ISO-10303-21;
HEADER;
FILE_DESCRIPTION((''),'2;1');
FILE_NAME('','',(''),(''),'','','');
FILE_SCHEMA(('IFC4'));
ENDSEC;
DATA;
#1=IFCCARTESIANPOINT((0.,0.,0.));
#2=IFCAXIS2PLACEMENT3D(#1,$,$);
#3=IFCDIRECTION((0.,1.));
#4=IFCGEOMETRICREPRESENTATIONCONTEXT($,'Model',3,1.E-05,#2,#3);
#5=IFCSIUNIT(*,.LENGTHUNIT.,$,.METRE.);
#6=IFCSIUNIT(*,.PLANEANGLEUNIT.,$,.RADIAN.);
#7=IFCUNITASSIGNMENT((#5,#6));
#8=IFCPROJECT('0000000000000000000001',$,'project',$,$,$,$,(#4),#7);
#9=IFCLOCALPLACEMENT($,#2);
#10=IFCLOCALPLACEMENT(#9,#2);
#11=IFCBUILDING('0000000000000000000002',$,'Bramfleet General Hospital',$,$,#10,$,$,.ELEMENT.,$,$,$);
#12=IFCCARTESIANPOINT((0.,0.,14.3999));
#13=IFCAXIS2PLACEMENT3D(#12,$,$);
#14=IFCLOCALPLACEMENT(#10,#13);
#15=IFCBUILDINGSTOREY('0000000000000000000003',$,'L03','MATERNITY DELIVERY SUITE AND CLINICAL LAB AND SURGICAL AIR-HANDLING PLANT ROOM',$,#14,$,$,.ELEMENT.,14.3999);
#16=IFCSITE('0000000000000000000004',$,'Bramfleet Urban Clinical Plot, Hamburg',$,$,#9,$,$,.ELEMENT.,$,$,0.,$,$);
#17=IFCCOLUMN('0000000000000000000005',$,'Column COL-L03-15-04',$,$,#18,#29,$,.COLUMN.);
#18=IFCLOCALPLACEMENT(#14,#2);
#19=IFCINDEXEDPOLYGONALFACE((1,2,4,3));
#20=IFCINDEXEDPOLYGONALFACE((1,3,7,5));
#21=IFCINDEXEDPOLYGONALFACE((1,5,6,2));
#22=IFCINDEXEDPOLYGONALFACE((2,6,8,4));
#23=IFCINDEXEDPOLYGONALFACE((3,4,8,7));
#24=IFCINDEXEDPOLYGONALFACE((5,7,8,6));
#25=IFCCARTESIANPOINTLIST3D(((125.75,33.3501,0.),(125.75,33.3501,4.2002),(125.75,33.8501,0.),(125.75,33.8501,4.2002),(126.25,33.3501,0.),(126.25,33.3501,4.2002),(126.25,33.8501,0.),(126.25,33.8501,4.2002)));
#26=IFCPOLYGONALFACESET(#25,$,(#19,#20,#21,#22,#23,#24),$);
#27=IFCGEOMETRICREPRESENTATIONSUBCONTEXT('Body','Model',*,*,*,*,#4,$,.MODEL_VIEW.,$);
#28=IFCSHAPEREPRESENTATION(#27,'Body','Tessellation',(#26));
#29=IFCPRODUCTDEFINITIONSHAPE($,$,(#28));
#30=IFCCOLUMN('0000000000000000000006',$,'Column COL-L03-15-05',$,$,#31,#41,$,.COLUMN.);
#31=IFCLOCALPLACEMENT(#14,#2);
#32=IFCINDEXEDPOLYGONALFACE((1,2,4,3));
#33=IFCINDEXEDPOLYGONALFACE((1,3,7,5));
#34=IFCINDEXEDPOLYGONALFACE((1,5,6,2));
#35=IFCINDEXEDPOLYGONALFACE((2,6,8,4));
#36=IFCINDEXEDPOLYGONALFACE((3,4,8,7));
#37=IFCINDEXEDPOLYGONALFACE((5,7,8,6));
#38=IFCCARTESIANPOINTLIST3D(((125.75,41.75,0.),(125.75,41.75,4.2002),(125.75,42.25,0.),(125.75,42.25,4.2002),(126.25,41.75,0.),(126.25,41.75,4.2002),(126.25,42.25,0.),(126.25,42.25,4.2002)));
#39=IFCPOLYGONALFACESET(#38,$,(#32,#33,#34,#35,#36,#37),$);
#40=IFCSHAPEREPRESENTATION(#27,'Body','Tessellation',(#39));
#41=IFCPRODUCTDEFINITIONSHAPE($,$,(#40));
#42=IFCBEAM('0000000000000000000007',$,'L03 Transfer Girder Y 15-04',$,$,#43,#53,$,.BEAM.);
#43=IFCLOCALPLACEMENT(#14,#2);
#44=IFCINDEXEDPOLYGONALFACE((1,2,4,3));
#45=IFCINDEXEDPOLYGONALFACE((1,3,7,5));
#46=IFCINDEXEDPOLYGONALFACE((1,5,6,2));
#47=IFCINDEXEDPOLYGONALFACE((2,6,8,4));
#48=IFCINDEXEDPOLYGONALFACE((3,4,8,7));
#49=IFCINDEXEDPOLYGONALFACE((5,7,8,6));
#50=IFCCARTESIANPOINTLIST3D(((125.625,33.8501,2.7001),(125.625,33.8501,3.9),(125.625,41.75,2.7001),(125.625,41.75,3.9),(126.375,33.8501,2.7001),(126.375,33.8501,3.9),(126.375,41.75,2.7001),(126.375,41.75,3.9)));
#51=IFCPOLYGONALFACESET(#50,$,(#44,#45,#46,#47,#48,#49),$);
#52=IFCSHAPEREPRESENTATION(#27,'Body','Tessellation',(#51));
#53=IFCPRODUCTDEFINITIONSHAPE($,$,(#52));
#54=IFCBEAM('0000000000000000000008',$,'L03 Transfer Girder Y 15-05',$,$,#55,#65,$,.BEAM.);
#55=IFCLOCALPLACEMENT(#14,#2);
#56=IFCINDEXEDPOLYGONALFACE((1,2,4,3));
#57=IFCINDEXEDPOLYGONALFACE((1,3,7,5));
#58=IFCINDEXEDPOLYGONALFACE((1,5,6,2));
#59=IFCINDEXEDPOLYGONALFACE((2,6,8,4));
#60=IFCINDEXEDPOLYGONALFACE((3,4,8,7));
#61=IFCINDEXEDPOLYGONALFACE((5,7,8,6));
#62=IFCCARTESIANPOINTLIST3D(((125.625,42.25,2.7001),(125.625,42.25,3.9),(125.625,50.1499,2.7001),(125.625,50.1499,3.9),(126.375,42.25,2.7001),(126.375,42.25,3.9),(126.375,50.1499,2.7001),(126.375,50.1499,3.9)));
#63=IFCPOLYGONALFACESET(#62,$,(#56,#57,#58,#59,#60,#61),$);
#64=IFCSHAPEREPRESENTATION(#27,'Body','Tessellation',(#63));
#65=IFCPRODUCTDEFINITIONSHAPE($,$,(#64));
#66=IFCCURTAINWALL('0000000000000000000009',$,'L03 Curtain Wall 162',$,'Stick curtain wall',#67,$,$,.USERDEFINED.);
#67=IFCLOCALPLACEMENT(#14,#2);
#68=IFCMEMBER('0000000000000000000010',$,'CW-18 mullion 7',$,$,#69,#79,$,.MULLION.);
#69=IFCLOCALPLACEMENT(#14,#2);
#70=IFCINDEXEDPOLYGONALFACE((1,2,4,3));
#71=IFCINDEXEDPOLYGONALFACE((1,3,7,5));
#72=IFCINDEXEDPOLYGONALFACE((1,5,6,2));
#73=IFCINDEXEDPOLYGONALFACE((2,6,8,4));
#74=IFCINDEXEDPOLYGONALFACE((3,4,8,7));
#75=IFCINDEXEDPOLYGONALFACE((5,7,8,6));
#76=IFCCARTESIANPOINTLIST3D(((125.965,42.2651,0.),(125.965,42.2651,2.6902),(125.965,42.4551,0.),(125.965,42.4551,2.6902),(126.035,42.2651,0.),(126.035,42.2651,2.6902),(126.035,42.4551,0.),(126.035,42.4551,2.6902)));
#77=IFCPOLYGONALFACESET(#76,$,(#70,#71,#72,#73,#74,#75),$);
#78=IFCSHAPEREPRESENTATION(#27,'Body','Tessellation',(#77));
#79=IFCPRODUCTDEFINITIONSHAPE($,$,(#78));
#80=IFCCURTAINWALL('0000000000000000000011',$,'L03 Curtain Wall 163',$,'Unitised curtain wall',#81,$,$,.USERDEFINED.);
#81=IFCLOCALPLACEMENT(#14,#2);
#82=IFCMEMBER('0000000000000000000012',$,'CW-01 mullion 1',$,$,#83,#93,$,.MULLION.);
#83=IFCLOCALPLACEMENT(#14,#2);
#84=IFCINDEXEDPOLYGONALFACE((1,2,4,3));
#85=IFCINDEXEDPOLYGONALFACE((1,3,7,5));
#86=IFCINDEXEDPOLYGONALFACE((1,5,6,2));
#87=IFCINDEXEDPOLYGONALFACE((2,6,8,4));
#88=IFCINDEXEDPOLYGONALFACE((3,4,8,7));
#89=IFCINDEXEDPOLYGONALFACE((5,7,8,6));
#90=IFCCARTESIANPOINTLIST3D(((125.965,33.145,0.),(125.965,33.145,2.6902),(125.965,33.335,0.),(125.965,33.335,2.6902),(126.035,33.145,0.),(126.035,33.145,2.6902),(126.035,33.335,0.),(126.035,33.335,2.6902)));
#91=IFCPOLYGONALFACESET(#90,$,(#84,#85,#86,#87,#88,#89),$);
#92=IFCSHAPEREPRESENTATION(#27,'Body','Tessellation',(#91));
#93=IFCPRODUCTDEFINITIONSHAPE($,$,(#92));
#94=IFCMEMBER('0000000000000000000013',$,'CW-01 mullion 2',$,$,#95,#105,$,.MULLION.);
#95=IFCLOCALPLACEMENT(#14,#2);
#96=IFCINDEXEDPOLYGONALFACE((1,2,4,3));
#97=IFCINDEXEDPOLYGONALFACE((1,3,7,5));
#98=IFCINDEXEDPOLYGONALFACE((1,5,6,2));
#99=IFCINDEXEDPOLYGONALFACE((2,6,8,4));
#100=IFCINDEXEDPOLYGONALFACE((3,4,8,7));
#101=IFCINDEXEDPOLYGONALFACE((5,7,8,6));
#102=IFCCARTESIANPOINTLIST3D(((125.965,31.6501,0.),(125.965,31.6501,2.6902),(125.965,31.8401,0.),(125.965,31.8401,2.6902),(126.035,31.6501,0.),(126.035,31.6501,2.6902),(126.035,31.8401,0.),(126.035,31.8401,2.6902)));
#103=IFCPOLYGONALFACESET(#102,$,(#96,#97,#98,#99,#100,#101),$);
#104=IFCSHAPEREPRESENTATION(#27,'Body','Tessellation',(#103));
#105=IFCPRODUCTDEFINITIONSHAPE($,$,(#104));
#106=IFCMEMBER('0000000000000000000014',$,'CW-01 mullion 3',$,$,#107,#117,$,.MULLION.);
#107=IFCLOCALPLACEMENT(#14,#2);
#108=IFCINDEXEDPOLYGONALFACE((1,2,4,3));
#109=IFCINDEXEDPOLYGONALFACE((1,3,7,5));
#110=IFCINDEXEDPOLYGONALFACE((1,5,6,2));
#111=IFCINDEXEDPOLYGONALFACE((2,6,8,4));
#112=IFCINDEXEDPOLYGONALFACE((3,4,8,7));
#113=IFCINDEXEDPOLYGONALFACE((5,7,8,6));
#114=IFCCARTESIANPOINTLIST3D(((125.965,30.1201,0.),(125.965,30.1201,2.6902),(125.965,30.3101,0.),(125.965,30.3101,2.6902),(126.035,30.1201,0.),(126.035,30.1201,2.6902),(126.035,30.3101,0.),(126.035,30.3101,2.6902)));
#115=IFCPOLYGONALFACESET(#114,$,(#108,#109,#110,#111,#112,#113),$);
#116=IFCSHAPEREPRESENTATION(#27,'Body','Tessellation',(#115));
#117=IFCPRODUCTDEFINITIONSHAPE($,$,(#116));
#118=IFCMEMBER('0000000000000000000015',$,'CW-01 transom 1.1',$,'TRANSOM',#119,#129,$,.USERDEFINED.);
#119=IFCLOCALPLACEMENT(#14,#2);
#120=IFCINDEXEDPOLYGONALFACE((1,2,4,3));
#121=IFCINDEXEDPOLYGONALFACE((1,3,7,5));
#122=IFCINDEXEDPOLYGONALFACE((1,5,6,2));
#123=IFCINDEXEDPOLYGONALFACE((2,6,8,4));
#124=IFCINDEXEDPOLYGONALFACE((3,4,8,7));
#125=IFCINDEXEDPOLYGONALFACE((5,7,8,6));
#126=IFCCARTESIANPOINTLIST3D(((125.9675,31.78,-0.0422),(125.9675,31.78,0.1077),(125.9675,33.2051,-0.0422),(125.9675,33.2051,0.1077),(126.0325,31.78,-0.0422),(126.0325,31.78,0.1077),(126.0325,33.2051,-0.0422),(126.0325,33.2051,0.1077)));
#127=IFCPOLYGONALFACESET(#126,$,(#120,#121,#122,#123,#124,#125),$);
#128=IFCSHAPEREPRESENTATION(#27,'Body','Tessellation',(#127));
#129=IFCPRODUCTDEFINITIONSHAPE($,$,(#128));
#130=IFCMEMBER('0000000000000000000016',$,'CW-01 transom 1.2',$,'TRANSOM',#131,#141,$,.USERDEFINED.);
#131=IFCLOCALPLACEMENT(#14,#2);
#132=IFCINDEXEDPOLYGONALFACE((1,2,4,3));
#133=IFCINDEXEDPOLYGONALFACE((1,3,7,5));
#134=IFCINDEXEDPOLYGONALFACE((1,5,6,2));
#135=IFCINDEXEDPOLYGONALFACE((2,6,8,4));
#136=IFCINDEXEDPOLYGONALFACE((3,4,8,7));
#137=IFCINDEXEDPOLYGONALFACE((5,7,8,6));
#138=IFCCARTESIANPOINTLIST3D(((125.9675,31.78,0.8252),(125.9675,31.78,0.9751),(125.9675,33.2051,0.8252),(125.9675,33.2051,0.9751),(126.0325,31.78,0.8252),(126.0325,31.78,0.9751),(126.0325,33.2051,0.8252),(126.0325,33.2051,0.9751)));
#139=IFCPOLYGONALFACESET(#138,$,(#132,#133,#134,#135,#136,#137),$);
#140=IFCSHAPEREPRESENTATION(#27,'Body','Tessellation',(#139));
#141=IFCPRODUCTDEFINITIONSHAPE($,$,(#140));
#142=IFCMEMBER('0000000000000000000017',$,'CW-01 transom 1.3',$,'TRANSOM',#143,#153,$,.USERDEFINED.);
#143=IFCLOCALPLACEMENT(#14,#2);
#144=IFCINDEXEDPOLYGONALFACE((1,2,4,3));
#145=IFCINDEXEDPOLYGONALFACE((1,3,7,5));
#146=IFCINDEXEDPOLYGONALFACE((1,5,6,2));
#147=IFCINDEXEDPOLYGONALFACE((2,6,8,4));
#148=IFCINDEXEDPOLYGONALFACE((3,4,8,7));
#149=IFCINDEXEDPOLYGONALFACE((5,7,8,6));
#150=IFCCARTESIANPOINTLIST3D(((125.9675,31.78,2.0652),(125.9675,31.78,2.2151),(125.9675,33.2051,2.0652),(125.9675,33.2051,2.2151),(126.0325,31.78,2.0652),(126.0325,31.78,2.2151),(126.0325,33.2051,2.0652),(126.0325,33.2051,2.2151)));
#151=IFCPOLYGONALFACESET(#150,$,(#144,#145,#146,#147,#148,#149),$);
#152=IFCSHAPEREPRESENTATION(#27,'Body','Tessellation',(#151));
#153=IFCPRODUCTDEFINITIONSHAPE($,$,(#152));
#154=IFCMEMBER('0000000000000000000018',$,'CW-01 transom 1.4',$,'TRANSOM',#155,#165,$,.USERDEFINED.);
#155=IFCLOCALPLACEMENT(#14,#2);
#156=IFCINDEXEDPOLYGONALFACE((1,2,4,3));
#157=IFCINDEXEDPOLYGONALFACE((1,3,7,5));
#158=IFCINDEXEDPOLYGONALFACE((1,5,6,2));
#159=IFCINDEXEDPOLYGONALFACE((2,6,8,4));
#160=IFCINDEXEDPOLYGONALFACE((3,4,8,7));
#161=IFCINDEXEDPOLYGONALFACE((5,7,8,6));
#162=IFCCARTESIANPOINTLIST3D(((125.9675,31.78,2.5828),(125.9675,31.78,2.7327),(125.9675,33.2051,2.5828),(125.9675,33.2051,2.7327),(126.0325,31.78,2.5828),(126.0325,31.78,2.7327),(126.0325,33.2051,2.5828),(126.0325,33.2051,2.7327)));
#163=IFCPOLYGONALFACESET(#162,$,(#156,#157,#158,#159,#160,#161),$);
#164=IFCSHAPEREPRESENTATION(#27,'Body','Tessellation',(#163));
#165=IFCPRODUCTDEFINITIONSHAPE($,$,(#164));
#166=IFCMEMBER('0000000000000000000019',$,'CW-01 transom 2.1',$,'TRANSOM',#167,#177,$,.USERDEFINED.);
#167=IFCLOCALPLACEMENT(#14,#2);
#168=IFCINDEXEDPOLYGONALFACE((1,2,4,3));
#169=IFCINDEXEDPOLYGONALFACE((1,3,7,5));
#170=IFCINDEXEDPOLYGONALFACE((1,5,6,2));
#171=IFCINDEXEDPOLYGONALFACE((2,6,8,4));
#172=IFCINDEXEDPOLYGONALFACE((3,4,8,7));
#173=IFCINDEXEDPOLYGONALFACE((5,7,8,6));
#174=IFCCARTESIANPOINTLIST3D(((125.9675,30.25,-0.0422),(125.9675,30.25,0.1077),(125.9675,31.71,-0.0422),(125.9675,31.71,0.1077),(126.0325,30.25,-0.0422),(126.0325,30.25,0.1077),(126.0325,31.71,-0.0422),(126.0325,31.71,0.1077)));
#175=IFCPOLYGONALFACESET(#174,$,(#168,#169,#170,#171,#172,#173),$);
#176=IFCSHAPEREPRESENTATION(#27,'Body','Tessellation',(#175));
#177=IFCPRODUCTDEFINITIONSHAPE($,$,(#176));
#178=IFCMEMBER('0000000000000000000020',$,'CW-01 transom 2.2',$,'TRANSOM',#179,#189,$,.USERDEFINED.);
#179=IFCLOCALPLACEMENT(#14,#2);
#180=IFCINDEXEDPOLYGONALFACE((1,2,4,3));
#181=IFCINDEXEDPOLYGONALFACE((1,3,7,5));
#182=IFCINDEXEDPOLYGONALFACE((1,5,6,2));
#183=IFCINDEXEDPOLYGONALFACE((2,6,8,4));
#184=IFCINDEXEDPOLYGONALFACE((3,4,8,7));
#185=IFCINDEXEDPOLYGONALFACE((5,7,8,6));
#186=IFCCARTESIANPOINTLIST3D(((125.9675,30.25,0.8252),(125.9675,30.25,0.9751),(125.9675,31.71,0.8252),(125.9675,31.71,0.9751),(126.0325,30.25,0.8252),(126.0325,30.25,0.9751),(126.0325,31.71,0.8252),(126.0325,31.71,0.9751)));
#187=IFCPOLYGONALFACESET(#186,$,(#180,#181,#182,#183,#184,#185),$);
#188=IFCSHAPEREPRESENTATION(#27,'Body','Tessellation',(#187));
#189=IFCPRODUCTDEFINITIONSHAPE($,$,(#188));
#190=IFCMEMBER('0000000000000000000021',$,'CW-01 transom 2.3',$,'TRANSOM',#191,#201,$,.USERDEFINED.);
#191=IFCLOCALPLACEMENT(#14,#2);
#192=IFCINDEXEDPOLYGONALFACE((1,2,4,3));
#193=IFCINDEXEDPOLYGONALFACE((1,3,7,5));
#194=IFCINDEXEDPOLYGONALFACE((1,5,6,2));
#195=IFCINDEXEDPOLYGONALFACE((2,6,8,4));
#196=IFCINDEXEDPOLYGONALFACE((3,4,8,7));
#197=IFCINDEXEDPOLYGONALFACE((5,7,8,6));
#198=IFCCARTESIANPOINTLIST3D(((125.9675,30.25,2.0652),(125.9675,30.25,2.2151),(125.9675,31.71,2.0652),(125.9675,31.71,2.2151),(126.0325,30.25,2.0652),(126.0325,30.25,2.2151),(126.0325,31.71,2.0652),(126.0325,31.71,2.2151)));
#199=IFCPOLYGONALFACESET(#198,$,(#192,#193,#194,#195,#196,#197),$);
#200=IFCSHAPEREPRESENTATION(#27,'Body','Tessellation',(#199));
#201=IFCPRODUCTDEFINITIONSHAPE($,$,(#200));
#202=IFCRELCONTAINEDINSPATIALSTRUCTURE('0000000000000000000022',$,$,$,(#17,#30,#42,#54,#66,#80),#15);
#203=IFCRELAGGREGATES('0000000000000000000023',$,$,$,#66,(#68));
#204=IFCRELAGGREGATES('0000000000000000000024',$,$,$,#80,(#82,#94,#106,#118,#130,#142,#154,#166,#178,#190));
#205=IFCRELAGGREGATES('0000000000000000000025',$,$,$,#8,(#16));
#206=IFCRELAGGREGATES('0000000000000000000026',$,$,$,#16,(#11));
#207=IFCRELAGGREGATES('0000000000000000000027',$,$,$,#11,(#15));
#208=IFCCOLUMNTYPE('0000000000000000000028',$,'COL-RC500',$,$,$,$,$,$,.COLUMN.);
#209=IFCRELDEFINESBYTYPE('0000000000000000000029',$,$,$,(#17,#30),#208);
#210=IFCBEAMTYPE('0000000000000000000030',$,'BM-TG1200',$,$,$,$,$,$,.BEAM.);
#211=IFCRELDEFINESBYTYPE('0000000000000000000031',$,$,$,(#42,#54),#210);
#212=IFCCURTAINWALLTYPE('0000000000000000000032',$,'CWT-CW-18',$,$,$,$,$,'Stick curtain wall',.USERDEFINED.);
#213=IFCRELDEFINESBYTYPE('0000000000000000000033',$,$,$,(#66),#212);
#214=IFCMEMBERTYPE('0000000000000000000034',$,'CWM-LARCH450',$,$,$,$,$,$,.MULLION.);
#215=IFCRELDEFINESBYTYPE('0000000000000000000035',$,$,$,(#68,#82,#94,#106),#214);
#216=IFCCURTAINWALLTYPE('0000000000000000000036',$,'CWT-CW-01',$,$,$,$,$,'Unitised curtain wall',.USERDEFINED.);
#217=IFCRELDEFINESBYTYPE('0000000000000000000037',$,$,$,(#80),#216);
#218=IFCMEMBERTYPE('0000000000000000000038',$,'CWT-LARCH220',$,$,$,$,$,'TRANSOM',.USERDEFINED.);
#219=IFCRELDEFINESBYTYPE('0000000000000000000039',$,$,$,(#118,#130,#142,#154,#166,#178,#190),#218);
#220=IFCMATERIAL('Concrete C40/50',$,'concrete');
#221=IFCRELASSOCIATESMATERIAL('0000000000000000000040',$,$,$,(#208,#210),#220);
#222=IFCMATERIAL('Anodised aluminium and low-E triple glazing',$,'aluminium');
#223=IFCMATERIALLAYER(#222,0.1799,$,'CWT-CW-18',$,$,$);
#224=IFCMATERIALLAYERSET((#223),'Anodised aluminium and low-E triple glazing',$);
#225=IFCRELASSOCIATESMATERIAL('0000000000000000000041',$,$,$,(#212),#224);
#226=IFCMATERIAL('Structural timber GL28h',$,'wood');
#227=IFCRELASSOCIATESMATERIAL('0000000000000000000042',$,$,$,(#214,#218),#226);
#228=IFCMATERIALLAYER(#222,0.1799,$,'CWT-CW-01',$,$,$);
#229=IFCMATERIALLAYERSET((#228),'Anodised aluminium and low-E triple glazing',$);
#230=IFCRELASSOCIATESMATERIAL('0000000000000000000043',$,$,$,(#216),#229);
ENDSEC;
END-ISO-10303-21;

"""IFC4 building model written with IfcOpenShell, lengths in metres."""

from ifc_helpers import new_model, si_unit, direction, frame, origin, origin_2d, place, context, subcontext, project, spatial, rectangle, extrude, material, layer, layer_set, material_profile, profile_set, type_object, element, aggregate, save


model = new_model("IFC4")

# Units and contexts
model_context = context("Model", 3, precision=1e-05, world=origin(), true_north=direction((0.0, 1.0)))
body_context = subcontext(model_context, "Body", "Model", "MODEL_VIEW")
ifc_project = project(units=[si_unit("LENGTHUNIT", "METRE"), si_unit("PLANEANGLEUNIT", "RADIAN")], contexts=[model_context])

# Site, building, storey
site_placement = place(None, origin())
site = spatial("IfcSite", under=ifc_project, at=site_placement, Name="Bramfleet Urban Clinical Plot, Hamburg", CompositionType="ELEMENT", RefElevation=0.0)
building_placement = place(site_placement, origin())
building = spatial("IfcBuilding", under=site, at=building_placement, Name="Bramfleet General Hospital", CompositionType="ELEMENT")
storey_placement = place(building_placement, frame((0.0, 0.0, 14.3999)))
storey = spatial("IfcBuildingStorey", under=building, at=storey_placement, Name="L03", Description="MATERNITY DELIVERY SUITE AND CLINICAL LAB AND SURGICAL AIR-HANDLING PLANT ROOM", CompositionType="ELEMENT", Elevation=14.3999)

# Columns
ifc_material_1 = material(Name="Concrete C40/50", Category="concrete")
ifc_material_profile_1 = material_profile(ifc_material_1, rectangle(XDim=0.5, YDim=0.5, at=origin_2d()), Name="RC COL 500x500")
ifc_profile_set_1 = profile_set([ifc_material_profile_1], Name="Concrete C40/50")
column_type = type_object("IfcColumnType", Name="COL-RC500", PredefinedType="COLUMN", material=ifc_profile_set_1)
for number, where, z_axis, x_axis, name in (
    (1, (126.0, 33.6001, 0.0), (0.0, 0.0, 1.0), (1.0, 0.0, 0.0), "Column COL-L03-15-04"),
    (2, (126.0, 42.0, 0.0), (0.0, 0.0, 1.0), (1.0, 0.0, 0.0), "Column COL-L03-15-05"),
):
    element("IfcColumn", number, at=place(storey_placement, frame(where, z_axis=z_axis, x_axis=x_axis)), inside=storey, type_object=column_type, Name=name, PredefinedType="COLUMN", context=body_context, shape_type="SweptSolid", body=[
        extrude(rectangle(XDim=0.5, YDim=0.5, at=origin_2d()), origin(), (0.0, 0.0, 1.0), 4.2002),
    ])

# Beams
ifc_material_profile_2 = material_profile(ifc_material_1, rectangle(XDim=0.75, YDim=1.2, at=origin_2d()), Name="RC TG 1200x750")
ifc_profile_set_2 = profile_set([ifc_material_profile_2], Name="Concrete C40/50")
beam_type = type_object("IfcBeamType", Name="BM-TG1200", PredefinedType="BEAM", material=ifc_profile_set_2)
for number, where, z_axis, x_axis, name in (
    (3, (126.0, 33.8501, 3.3), (0.0, 1.0, 0.0), (-1.0, 0.0, 0.0), "L03 Transfer Girder Y 15-04"),
    (4, (126.0, 42.25, 3.3), (0.0, 1.0, 0.0), (-1.0, 0.0, 0.0), "L03 Transfer Girder Y 15-05"),
):
    element("IfcBeam", number, at=place(storey_placement, frame(where, z_axis=z_axis, x_axis=x_axis)), inside=storey, type_object=beam_type, Name=name, PredefinedType="BEAM", context=body_context, shape_type="SweptSolid", body=[
        extrude(rectangle(XDim=0.75, YDim=1.2, at=origin_2d()), origin(), (0.0, 0.0, 1.0), 7.8999),
    ])

# Curtain wall, member
ifc_material_2 = material(Name="Anodised aluminium and low-E triple glazing", Category="aluminium")
ifc_layer_1 = layer(ifc_material_2, 0.1799, Name="CWT-CW-18")
ifc_layer_set_1 = layer_set([ifc_layer_1], Name="Anodised aluminium and low-E triple glazing")
curtain_wall_type_1 = type_object("IfcCurtainWallType", Name="CWT-CW-18", ElementType="Stick curtain wall", PredefinedType="USERDEFINED", material=ifc_layer_set_1)
curtain_wall_1_placement = place(storey_placement, origin())
curtain_wall_1 = element("IfcCurtainWall", 5, at=curtain_wall_1_placement, inside=storey, type_object=curtain_wall_type_1, Name="L03 Curtain Wall 162", ObjectType="Stick curtain wall", PredefinedType="USERDEFINED")
ifc_material_3 = material(Name="Structural timber GL28h", Category="wood")
ifc_material_profile_3 = material_profile(ifc_material_3, rectangle(XDim=0.0701, YDim=0.1899, at=origin_2d()), Name="LARCH 190x70")
ifc_profile_set_3 = profile_set([ifc_material_profile_3], Name="Structural timber GL28h")
member_type_1 = type_object("IfcMemberType", Name="CWM-LARCH450", PredefinedType="MULLION", material=ifc_profile_set_3)
member_1_placement = place(storey_placement, frame((126.0, 42.3601, 0.0), z_axis=(0.0, 0.0, 1.0), x_axis=(1.0, 0.0, 0.0)))
member_1 = element("IfcMember", 6, at=member_1_placement, type_object=member_type_1, Name="CW-18 mullion 7", PredefinedType="MULLION", context=body_context, shape_type="SweptSolid", body=[
    extrude(rectangle(XDim=0.0701, YDim=0.1899, at=origin_2d()), origin(), (0.0, 0.0, 1.0), 2.6902),
])

# Curtain wall, members
ifc_layer_2 = layer(ifc_material_2, 0.1799, Name="CWT-CW-01")
ifc_layer_set_2 = layer_set([ifc_layer_2], Name="Anodised aluminium and low-E triple glazing")
curtain_wall_type_2 = type_object("IfcCurtainWallType", Name="CWT-CW-01", ElementType="Unitised curtain wall", PredefinedType="USERDEFINED", material=ifc_layer_set_2)
curtain_wall_2_placement = place(storey_placement, origin())
curtain_wall_2 = element("IfcCurtainWall", 7, at=curtain_wall_2_placement, inside=storey, type_object=curtain_wall_type_2, Name="L03 Curtain Wall 163", ObjectType="Unitised curtain wall", PredefinedType="USERDEFINED")
member_2_placement = place(storey_placement, frame((126.0, 33.24, 0.0), z_axis=(0.0, 0.0, 1.0), x_axis=(1.0, 0.0, 0.0)))
member_2 = element("IfcMember", 8, at=member_2_placement, type_object=member_type_1, Name="CW-01 mullion 1", PredefinedType="MULLION", context=body_context, shape_type="SweptSolid", body=[
    extrude(rectangle(XDim=0.0701, YDim=0.1899, at=origin_2d()), origin(), (0.0, 0.0, 1.0), 2.6902),
])
member_3_placement = place(storey_placement, frame((126.0, 31.7451, 0.0), z_axis=(0.0, 0.0, 1.0), x_axis=(1.0, 0.0, 0.0)))
member_3 = element("IfcMember", 9, at=member_3_placement, type_object=member_type_1, Name="CW-01 mullion 2", PredefinedType="MULLION", context=body_context, shape_type="SweptSolid", body=[
    extrude(rectangle(XDim=0.0701, YDim=0.1899, at=origin_2d()), origin(), (0.0, 0.0, 1.0), 2.6902),
])
member_4_placement = place(storey_placement, frame((126.0, 30.2151, 0.0), z_axis=(0.0, 0.0, 1.0), x_axis=(1.0, 0.0, 0.0)))
member_4 = element("IfcMember", 10, at=member_4_placement, type_object=member_type_1, Name="CW-01 mullion 3", PredefinedType="MULLION", context=body_context, shape_type="SweptSolid", body=[
    extrude(rectangle(XDim=0.0701, YDim=0.1899, at=origin_2d()), origin(), (0.0, 0.0, 1.0), 2.6902),
])
ifc_material_profile_4 = material_profile(ifc_material_3, rectangle(XDim=0.0649, YDim=0.1499, at=origin_2d()), Name="LARCH 150x65")
ifc_profile_set_4 = profile_set([ifc_material_profile_4], Name="Structural timber GL28h")
member_type_2 = type_object("IfcMemberType", Name="CWT-LARCH220", ElementType="TRANSOM", PredefinedType="USERDEFINED", material=ifc_profile_set_4)
member_5_placement = place(storey_placement, frame((126.0, 33.2051, 0.0327), z_axis=(0.0, -1.0, 0.0), x_axis=(1.0, 0.0, 0.0)))
member_5 = element("IfcMember", 11, at=member_5_placement, type_object=member_type_2, Name="CW-01 transom 1.1", ObjectType="TRANSOM", PredefinedType="USERDEFINED", context=body_context, shape_type="SweptSolid", body=[
    extrude(rectangle(XDim=0.0649, YDim=0.1499, at=origin_2d()), origin(), (0.0, 0.0, 1.0), 1.425),
])
member_6_placement = place(storey_placement, frame((126.0, 33.2051, 0.9001), z_axis=(0.0, -1.0, 0.0), x_axis=(1.0, 0.0, 0.0)))
member_6 = element("IfcMember", 12, at=member_6_placement, type_object=member_type_2, Name="CW-01 transom 1.2", ObjectType="TRANSOM", PredefinedType="USERDEFINED", context=body_context, shape_type="SweptSolid", body=[
    extrude(rectangle(XDim=0.0649, YDim=0.1499, at=origin_2d()), origin(), (0.0, 0.0, 1.0), 1.425),
])
member_7_placement = place(storey_placement, frame((126.0, 33.2051, 2.1401), z_axis=(0.0, -1.0, 0.0), x_axis=(1.0, 0.0, 0.0)))
member_7 = element("IfcMember", 13, at=member_7_placement, type_object=member_type_2, Name="CW-01 transom 1.3", ObjectType="TRANSOM", PredefinedType="USERDEFINED", context=body_context, shape_type="SweptSolid", body=[
    extrude(rectangle(XDim=0.0649, YDim=0.1499, at=origin_2d()), origin(), (0.0, 0.0, 1.0), 1.425),
])
member_8_placement = place(storey_placement, frame((126.0, 33.2051, 2.6577), z_axis=(0.0, -1.0, 0.0), x_axis=(1.0, 0.0, 0.0)))
member_8 = element("IfcMember", 14, at=member_8_placement, type_object=member_type_2, Name="CW-01 transom 1.4", ObjectType="TRANSOM", PredefinedType="USERDEFINED", context=body_context, shape_type="SweptSolid", body=[
    extrude(rectangle(XDim=0.0649, YDim=0.1499, at=origin_2d()), origin(), (0.0, 0.0, 1.0), 1.425),
])
member_9_placement = place(storey_placement, frame((126.0, 31.71, 0.0327), z_axis=(0.0, -1.0, 0.0), x_axis=(1.0, 0.0, 0.0)))
member_9 = element("IfcMember", 15, at=member_9_placement, type_object=member_type_2, Name="CW-01 transom 2.1", ObjectType="TRANSOM", PredefinedType="USERDEFINED", context=body_context, shape_type="SweptSolid", body=[
    extrude(rectangle(XDim=0.0649, YDim=0.1499, at=origin_2d()), origin(), (0.0, 0.0, 1.0), 1.46),
])
member_10_placement = place(storey_placement, frame((126.0, 31.71, 0.9001), z_axis=(0.0, -1.0, 0.0), x_axis=(1.0, 0.0, 0.0)))
member_10 = element("IfcMember", 16, at=member_10_placement, type_object=member_type_2, Name="CW-01 transom 2.2", ObjectType="TRANSOM", PredefinedType="USERDEFINED", context=body_context, shape_type="SweptSolid", body=[
    extrude(rectangle(XDim=0.0649, YDim=0.1499, at=origin_2d()), origin(), (0.0, 0.0, 1.0), 1.46),
])
member_11_placement = place(storey_placement, frame((126.0, 31.71, 2.1401), z_axis=(0.0, -1.0, 0.0), x_axis=(1.0, 0.0, 0.0)))
member_11 = element("IfcMember", 17, at=member_11_placement, type_object=member_type_2, Name="CW-01 transom 2.3", ObjectType="TRANSOM", PredefinedType="USERDEFINED", context=body_context, shape_type="SweptSolid", body=[
    extrude(rectangle(XDim=0.0649, YDim=0.1499, at=origin_2d()), origin(), (0.0, 0.0, 1.0), 1.46),
])

aggregate(curtain_wall_1, [member_1])
aggregate(curtain_wall_2, [member_2, member_3, member_4, member_5, member_6, member_7, member_8, member_9, member_10, member_11])

save(model, "model.ifc")
